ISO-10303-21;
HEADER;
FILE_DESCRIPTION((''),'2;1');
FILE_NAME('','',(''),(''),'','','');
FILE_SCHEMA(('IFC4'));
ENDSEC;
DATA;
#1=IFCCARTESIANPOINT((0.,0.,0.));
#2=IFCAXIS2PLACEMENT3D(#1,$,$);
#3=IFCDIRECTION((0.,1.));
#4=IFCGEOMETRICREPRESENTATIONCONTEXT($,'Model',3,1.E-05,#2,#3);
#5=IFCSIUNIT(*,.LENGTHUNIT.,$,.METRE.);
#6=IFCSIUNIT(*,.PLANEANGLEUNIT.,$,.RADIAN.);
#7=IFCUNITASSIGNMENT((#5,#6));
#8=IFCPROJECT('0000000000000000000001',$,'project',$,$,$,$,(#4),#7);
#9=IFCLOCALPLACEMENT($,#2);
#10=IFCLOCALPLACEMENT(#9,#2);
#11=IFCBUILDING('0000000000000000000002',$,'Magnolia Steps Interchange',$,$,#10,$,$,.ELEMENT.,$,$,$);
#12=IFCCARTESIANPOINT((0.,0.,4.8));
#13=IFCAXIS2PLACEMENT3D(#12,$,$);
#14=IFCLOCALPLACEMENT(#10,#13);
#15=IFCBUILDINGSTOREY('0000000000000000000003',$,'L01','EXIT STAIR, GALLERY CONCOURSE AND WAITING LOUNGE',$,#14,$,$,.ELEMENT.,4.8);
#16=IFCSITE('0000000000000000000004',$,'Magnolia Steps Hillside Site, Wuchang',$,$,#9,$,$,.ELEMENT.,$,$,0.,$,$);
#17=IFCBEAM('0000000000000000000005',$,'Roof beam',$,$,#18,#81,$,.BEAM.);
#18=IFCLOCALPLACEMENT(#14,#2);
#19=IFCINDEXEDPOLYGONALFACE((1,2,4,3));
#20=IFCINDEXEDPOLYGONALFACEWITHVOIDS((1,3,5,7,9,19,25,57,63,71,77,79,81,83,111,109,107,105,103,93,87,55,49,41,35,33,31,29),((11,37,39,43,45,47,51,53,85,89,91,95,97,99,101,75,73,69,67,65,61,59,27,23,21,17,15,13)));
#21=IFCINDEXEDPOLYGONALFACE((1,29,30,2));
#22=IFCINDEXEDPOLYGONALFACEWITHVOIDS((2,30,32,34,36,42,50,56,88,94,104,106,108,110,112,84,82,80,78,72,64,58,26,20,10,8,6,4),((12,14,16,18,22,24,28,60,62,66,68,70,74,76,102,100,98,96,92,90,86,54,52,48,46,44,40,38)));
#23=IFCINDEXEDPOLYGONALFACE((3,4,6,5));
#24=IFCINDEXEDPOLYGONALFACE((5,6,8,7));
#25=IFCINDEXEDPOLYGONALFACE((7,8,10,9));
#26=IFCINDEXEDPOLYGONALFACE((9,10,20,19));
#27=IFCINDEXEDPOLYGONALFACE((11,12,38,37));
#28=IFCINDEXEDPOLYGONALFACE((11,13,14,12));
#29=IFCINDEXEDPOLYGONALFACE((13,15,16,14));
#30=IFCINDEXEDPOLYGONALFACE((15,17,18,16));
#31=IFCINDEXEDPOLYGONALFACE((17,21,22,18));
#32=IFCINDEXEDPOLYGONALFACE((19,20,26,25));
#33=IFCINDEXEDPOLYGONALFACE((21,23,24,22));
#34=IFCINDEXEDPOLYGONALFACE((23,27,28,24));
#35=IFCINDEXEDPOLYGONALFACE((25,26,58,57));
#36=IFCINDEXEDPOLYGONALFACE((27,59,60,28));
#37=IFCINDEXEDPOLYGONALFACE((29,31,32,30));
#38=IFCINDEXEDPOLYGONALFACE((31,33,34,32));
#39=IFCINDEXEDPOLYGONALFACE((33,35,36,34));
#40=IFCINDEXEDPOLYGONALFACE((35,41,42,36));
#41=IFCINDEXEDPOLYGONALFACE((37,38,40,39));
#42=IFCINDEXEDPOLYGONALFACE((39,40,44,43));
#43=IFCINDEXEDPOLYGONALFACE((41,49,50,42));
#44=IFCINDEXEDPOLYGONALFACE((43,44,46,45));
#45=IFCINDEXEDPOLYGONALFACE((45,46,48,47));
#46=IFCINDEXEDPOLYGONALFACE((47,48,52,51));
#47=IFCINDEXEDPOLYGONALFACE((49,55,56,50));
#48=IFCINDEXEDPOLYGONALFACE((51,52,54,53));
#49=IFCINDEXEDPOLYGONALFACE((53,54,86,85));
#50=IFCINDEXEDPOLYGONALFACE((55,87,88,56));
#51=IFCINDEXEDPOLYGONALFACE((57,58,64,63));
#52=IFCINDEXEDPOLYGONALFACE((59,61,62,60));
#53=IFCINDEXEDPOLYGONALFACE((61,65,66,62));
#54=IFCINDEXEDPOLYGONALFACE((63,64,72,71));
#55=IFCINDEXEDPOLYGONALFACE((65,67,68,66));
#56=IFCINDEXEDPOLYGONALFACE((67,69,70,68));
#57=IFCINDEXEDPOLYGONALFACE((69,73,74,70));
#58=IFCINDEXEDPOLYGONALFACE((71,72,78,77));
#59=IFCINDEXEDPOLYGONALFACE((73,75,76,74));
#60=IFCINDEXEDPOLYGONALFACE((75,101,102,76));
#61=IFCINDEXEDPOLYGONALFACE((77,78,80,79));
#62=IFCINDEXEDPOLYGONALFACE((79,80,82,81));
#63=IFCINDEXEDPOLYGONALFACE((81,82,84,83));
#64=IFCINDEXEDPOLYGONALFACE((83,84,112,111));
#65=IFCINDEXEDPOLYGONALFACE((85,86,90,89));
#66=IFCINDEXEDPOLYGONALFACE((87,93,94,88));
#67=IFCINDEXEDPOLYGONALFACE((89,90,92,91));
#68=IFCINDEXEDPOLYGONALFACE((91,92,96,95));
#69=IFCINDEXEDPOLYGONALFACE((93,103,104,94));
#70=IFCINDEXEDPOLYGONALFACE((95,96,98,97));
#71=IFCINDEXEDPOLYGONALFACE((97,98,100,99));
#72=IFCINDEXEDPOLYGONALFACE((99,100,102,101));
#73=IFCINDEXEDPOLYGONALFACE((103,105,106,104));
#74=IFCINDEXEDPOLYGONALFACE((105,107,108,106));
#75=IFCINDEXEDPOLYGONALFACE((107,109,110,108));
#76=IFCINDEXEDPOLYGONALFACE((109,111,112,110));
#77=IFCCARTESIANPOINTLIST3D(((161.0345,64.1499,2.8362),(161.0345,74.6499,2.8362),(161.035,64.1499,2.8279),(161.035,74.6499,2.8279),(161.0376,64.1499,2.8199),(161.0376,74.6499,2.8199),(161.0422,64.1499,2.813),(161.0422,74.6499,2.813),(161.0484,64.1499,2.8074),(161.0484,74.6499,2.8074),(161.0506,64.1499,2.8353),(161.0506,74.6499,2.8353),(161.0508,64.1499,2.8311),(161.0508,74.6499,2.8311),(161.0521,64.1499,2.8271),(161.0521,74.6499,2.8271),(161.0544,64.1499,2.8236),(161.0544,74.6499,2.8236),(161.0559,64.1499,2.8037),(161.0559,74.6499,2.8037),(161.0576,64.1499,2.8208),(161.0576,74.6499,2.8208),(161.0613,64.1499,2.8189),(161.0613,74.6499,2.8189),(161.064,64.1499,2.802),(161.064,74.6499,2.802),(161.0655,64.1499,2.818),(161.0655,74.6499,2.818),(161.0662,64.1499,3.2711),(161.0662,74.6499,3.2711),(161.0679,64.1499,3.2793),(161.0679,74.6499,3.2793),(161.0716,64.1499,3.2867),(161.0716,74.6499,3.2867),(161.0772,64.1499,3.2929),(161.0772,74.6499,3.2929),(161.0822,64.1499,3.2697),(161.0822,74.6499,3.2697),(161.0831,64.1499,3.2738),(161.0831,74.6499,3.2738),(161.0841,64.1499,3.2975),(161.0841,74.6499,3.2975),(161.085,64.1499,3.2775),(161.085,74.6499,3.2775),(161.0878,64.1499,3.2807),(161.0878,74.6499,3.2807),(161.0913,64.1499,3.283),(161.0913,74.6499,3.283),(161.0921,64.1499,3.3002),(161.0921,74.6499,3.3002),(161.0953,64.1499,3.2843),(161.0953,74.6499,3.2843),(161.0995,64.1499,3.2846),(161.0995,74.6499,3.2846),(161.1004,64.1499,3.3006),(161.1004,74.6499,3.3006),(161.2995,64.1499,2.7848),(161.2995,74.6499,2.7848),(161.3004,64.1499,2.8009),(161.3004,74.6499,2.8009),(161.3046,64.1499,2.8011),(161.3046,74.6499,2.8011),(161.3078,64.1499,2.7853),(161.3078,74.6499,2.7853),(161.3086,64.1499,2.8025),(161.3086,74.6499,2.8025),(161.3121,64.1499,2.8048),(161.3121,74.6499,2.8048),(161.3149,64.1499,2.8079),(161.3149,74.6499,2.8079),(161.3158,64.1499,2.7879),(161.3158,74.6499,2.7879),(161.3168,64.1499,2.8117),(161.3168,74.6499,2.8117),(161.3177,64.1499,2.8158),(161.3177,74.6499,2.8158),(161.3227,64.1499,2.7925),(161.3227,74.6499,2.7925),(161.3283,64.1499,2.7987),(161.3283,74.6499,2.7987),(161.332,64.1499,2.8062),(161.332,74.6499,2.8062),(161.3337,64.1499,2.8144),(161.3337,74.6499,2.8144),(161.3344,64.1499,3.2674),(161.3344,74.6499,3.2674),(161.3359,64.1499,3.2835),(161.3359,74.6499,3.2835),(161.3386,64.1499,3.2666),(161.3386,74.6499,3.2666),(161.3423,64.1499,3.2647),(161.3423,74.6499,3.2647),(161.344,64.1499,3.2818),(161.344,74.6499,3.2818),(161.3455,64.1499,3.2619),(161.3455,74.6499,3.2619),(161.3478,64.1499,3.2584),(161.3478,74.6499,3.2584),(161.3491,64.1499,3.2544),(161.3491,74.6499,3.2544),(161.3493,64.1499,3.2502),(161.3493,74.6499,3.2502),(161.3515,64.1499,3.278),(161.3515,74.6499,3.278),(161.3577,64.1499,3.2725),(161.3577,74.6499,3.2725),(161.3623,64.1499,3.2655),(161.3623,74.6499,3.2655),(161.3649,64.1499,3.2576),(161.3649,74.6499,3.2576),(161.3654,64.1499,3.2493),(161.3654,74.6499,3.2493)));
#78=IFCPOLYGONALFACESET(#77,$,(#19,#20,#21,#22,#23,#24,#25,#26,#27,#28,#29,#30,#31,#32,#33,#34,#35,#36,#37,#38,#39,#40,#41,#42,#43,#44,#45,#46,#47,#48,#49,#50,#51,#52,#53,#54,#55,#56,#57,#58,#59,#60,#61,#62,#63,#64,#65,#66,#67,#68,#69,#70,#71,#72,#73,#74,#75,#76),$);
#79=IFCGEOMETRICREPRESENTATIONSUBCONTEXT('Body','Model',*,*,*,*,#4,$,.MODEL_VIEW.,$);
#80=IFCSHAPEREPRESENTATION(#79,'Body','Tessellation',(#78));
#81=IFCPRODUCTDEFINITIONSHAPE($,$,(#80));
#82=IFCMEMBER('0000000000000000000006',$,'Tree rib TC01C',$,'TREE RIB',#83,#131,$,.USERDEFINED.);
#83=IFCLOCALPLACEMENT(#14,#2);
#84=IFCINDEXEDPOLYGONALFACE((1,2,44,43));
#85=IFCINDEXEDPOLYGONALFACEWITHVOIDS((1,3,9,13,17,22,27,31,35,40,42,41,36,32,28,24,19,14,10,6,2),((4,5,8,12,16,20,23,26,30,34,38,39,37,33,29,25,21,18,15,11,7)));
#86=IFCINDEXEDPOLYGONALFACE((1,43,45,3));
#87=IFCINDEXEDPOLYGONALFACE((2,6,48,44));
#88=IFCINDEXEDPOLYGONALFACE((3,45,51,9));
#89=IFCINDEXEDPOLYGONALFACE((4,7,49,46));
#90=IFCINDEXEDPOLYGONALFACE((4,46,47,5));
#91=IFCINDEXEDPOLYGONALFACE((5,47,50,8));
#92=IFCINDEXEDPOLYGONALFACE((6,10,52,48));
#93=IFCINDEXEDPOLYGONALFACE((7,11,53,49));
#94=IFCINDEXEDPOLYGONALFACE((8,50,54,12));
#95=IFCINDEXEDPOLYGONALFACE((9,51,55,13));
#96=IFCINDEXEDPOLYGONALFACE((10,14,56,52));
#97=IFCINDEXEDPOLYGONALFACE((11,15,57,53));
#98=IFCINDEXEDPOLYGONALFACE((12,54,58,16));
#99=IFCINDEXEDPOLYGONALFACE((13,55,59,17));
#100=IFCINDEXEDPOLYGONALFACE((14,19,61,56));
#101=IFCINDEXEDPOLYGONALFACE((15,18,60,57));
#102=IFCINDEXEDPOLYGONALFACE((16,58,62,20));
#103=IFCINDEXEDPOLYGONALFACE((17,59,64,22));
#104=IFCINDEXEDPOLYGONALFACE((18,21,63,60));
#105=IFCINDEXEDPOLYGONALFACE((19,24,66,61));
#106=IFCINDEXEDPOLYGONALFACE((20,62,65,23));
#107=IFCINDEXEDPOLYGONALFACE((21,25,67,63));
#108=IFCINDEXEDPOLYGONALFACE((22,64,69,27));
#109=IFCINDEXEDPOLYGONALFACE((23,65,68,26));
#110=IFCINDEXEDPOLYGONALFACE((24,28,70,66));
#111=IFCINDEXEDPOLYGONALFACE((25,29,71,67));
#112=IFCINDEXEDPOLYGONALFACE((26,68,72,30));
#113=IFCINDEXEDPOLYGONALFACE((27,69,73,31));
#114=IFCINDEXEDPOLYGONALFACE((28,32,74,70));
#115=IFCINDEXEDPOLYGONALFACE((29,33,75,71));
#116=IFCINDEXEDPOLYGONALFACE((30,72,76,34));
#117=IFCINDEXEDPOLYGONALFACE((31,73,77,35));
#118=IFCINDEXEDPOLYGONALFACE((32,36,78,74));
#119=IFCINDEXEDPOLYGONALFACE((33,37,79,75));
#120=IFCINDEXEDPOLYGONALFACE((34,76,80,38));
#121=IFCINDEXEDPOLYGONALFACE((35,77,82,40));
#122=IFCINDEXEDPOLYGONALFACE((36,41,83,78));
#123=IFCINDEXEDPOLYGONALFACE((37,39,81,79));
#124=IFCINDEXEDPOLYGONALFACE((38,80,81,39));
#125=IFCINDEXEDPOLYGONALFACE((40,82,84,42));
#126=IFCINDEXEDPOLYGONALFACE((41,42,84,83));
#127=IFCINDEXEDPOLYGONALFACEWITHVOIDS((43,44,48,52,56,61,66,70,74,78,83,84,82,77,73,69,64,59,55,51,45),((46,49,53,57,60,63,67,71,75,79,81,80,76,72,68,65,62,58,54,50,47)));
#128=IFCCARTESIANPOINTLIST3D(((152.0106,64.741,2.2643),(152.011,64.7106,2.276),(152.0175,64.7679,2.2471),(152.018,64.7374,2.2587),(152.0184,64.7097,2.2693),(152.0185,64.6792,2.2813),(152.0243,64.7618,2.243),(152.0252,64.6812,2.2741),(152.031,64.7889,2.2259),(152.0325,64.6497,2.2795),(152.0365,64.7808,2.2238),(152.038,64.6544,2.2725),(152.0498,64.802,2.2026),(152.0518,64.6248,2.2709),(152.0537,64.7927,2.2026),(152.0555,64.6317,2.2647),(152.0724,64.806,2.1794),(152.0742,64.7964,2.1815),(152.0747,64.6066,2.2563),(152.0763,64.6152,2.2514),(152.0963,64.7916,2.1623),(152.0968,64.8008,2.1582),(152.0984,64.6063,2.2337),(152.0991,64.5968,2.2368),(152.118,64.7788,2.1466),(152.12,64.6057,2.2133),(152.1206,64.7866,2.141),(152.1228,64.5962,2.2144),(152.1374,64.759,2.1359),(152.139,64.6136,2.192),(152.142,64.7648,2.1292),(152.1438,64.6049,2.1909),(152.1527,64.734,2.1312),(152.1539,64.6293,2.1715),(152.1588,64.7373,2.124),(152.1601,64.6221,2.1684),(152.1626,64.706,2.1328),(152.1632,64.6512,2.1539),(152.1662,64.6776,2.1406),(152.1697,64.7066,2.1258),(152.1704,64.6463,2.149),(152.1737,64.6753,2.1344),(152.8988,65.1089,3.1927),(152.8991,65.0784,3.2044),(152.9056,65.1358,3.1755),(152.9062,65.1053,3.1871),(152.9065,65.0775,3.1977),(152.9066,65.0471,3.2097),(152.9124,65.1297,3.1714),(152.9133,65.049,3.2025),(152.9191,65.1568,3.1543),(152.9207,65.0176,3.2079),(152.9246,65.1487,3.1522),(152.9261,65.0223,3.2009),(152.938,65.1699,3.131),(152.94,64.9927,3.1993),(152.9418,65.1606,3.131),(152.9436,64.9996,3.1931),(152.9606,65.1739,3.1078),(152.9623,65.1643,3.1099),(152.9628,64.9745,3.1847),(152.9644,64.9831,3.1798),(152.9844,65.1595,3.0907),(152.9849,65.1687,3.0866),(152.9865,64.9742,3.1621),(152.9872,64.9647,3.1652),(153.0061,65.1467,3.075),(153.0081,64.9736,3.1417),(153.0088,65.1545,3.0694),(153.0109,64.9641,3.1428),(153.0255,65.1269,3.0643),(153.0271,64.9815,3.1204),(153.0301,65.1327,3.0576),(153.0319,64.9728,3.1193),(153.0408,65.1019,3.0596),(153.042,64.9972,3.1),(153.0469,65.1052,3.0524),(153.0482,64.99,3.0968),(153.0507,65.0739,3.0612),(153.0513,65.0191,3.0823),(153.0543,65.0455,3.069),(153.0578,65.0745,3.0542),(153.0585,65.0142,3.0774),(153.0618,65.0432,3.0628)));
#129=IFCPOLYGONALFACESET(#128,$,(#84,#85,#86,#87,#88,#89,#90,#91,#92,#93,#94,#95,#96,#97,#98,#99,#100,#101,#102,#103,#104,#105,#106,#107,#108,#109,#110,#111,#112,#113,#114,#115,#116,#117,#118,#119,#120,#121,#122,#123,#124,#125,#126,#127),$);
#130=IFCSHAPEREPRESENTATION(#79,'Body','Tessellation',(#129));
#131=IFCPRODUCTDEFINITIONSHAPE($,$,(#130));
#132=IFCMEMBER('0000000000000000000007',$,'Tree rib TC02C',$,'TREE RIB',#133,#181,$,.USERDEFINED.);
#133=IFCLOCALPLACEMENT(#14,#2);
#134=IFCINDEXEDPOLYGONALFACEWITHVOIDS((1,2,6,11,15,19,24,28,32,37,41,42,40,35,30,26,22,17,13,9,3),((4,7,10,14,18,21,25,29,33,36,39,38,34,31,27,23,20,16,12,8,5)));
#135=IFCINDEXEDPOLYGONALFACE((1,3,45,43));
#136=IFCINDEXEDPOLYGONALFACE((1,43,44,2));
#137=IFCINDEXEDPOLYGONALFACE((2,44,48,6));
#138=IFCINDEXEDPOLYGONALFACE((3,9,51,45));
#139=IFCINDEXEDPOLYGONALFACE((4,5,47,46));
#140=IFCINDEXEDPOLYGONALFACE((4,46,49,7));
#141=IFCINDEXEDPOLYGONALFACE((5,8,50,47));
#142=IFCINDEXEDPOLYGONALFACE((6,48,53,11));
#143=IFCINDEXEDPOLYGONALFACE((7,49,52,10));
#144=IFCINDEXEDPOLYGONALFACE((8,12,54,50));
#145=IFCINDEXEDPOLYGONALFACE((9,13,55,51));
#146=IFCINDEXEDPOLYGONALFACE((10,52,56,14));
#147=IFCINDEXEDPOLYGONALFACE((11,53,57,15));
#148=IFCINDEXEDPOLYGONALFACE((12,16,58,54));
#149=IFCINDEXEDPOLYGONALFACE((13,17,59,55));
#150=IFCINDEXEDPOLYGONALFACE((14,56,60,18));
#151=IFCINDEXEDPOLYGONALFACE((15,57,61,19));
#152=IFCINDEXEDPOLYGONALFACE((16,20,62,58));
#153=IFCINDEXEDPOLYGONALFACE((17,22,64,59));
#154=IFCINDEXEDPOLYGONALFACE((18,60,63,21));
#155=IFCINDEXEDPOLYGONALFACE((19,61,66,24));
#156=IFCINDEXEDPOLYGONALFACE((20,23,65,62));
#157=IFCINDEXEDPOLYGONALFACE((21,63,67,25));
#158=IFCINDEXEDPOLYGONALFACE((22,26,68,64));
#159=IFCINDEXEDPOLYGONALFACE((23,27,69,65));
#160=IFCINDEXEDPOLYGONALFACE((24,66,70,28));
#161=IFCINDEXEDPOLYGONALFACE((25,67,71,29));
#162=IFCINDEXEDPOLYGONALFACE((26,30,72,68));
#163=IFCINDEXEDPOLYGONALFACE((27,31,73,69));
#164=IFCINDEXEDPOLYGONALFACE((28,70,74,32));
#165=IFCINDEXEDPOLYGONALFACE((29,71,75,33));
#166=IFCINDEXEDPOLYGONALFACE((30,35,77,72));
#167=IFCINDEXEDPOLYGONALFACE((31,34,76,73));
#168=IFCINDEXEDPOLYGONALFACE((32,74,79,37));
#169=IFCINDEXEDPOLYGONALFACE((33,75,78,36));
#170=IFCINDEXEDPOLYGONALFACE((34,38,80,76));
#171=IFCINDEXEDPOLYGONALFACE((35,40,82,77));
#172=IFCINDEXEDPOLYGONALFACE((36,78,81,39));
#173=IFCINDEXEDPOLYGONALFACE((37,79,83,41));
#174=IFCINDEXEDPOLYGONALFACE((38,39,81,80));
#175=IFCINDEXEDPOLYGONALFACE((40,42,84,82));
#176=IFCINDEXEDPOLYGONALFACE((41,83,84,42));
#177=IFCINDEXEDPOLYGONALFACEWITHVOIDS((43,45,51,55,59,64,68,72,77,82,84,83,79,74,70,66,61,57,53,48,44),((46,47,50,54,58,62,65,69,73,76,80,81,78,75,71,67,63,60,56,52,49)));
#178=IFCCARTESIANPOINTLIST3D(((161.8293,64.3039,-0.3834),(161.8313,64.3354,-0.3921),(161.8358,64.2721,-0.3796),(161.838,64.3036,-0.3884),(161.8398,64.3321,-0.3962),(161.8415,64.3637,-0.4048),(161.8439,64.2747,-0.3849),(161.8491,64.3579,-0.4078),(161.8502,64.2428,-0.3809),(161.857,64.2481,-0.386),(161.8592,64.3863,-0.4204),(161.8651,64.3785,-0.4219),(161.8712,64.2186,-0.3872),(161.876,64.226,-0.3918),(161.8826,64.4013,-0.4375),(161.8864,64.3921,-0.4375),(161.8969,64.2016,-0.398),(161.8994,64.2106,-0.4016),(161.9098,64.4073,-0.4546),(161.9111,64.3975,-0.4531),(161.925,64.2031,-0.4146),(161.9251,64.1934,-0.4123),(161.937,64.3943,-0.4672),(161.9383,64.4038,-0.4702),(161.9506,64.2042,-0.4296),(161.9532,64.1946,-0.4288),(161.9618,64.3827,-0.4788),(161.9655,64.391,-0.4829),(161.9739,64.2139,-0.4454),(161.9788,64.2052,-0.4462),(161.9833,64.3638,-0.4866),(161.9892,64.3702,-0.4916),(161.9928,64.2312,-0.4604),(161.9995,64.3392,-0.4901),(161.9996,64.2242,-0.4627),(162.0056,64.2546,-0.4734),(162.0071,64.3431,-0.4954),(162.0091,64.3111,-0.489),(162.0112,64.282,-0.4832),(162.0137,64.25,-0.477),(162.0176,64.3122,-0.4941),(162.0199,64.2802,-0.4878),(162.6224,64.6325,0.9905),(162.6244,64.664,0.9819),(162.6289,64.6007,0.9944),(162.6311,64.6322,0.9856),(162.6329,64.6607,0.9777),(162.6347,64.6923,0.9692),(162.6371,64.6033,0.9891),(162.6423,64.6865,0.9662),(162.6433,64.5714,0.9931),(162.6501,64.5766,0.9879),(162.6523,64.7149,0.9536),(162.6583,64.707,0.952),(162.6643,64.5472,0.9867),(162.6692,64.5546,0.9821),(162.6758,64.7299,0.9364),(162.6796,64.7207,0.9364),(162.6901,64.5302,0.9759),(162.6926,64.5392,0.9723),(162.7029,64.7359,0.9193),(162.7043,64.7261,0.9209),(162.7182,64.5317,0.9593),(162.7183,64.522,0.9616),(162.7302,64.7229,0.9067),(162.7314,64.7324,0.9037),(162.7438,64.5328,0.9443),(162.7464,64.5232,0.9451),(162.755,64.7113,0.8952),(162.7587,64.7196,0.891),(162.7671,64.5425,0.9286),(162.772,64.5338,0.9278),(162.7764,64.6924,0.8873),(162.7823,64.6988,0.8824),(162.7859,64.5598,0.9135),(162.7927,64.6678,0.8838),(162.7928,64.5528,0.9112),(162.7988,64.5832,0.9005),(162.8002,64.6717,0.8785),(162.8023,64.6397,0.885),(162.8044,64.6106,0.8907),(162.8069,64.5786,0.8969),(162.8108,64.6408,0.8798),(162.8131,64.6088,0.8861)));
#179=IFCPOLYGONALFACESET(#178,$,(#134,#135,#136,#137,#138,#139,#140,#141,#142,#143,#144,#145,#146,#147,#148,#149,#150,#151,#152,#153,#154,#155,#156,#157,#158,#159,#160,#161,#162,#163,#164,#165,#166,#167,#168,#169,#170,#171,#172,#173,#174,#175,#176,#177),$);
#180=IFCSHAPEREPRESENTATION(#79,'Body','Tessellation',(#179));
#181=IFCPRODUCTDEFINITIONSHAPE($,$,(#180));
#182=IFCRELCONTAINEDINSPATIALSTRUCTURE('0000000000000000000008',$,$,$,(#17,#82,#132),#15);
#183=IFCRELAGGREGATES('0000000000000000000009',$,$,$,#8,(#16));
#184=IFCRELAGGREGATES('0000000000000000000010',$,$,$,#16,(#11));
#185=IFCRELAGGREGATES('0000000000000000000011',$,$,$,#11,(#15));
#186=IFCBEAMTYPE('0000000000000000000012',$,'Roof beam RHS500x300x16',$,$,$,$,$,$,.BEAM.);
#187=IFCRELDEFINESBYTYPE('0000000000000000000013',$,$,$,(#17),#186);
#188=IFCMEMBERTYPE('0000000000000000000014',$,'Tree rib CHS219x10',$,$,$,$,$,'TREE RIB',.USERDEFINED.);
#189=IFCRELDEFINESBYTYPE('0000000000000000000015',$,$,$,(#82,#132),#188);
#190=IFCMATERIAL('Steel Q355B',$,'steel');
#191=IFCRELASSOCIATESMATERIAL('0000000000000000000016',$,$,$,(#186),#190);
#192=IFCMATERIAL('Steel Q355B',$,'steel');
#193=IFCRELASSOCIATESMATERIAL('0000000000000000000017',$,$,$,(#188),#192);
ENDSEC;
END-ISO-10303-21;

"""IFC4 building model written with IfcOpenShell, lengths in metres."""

from ifc_helpers import new_model, si_unit, direction, frame, origin, origin_2d, place, context, subcontext, project, spatial, hollow_rectangle, hollow_circle, extrude, material, material_profile, profile_set, type_object, element, save


model = new_model("IFC4")

# Units and contexts
model_context = context("Model", 3, precision=1e-05, world=origin(), true_north=direction((0.0, 1.0)))
body_context = subcontext(model_context, "Body", "Model", "MODEL_VIEW")
ifc_project = project(units=[si_unit("LENGTHUNIT", "METRE"), si_unit("PLANEANGLEUNIT", "RADIAN")], contexts=[model_context])

# Site, building, storey
site_placement = place(None, origin())
site = spatial("IfcSite", under=ifc_project, at=site_placement, Name="Magnolia Steps Hillside Site, Wuchang", CompositionType="ELEMENT", RefElevation=0.0)
building_placement = place(site_placement, origin())
building = spatial("IfcBuilding", under=site, at=building_placement, Name="Magnolia Steps Interchange", CompositionType="ELEMENT")
storey_placement = place(building_placement, frame((0.0, 0.0, 4.8)))
storey = spatial("IfcBuildingStorey", under=building, at=storey_placement, Name="L01", Description="EXIT STAIR, GALLERY CONCOURSE AND WAITING LOUNGE", CompositionType="ELEMENT", Elevation=4.8)

# Beam
ifc_material_1 = material(Name="Steel Q355B", Category="steel")
ifc_material_profile_1 = material_profile(ifc_material_1, hollow_rectangle(XDim=0.3, YDim=0.5, WallThickness=0.0161, InnerFilletRadius=0.0161, OuterFilletRadius=0.032, at=origin_2d()), Name="RHS500x300x16")
ifc_profile_set_1 = profile_set([ifc_material_profile_1], Name="Steel Q355B")
beam_type_1 = type_object("IfcBeamType", Name="Roof beam RHS500x300x16", PredefinedType="BEAM", material=ifc_profile_set_1)
beam_1_placement = place(storey_placement, frame((161.2, 64.1499, 3.0427), z_axis=(0.0, 1.0, 0.0), x_axis=(-0.997352, 0.0, 0.072724)))
element("IfcBeam", 1, at=beam_1_placement, inside=storey, type_object=beam_type_1, Name="Roof beam", PredefinedType="BEAM", context=body_context, shape_type="SweptSolid", body=[
    extrude(hollow_rectangle(XDim=0.3, YDim=0.5, WallThickness=0.0161, InnerFilletRadius=0.0161, OuterFilletRadius=0.032, at=origin_2d()), origin(), (0.0, 0.0, 1.0), 10.5),
])

# Members
ifc_material_2 = material(Name="Steel Q355B", Category="steel")
ifc_material_profile_2 = material_profile(ifc_material_2, hollow_circle(Radius=0.1096, WallThickness=0.01, at=origin_2d()), Name="CHS219x10")
ifc_profile_set_2 = profile_set([ifc_material_profile_2], Name="Steel Q355B")
member_type = type_object("IfcMemberType", Name="Tree rib CHS219x10", ElementType="TREE RIB", PredefinedType="USERDEFINED", material=ifc_profile_set_2)
member_1_placement = place(storey_placement, frame((152.0918, 64.7007, 2.2026), z_axis=(0.664549, 0.275282, 0.69469), x_axis=(-0.382703, 0.923871, 0.0)))
element("IfcMember", 2, at=member_1_placement, inside=storey, type_object=member_type, Name="Tree rib TC01C", ObjectType="TREE RIB", PredefinedType="USERDEFINED", context=body_context, shape_type="SweptSolid", body=[
    extrude(hollow_circle(Radius=0.1096, WallThickness=0.01, at=origin_2d()), origin(), (0.0, 0.0, 1.0), 1.3364),
])
member_2_placement = place(storey_placement, frame((161.9246, 64.3, -0.4375), z_axis=(0.489571, 0.20282, 0.848047), x_axis=(-0.382737, 0.923857, 0.0)))
element("IfcMember", 3, at=member_2_placement, inside=storey, type_object=member_type, Name="Tree rib TC02C", ObjectType="TREE RIB", PredefinedType="USERDEFINED", context=body_context, shape_type="SweptSolid", body=[
    extrude(hollow_circle(Radius=0.1096, WallThickness=0.01, at=origin_2d()), origin(), (0.0, 0.0, 1.0), 1.6201),
])

save(model, "model.ifc")
